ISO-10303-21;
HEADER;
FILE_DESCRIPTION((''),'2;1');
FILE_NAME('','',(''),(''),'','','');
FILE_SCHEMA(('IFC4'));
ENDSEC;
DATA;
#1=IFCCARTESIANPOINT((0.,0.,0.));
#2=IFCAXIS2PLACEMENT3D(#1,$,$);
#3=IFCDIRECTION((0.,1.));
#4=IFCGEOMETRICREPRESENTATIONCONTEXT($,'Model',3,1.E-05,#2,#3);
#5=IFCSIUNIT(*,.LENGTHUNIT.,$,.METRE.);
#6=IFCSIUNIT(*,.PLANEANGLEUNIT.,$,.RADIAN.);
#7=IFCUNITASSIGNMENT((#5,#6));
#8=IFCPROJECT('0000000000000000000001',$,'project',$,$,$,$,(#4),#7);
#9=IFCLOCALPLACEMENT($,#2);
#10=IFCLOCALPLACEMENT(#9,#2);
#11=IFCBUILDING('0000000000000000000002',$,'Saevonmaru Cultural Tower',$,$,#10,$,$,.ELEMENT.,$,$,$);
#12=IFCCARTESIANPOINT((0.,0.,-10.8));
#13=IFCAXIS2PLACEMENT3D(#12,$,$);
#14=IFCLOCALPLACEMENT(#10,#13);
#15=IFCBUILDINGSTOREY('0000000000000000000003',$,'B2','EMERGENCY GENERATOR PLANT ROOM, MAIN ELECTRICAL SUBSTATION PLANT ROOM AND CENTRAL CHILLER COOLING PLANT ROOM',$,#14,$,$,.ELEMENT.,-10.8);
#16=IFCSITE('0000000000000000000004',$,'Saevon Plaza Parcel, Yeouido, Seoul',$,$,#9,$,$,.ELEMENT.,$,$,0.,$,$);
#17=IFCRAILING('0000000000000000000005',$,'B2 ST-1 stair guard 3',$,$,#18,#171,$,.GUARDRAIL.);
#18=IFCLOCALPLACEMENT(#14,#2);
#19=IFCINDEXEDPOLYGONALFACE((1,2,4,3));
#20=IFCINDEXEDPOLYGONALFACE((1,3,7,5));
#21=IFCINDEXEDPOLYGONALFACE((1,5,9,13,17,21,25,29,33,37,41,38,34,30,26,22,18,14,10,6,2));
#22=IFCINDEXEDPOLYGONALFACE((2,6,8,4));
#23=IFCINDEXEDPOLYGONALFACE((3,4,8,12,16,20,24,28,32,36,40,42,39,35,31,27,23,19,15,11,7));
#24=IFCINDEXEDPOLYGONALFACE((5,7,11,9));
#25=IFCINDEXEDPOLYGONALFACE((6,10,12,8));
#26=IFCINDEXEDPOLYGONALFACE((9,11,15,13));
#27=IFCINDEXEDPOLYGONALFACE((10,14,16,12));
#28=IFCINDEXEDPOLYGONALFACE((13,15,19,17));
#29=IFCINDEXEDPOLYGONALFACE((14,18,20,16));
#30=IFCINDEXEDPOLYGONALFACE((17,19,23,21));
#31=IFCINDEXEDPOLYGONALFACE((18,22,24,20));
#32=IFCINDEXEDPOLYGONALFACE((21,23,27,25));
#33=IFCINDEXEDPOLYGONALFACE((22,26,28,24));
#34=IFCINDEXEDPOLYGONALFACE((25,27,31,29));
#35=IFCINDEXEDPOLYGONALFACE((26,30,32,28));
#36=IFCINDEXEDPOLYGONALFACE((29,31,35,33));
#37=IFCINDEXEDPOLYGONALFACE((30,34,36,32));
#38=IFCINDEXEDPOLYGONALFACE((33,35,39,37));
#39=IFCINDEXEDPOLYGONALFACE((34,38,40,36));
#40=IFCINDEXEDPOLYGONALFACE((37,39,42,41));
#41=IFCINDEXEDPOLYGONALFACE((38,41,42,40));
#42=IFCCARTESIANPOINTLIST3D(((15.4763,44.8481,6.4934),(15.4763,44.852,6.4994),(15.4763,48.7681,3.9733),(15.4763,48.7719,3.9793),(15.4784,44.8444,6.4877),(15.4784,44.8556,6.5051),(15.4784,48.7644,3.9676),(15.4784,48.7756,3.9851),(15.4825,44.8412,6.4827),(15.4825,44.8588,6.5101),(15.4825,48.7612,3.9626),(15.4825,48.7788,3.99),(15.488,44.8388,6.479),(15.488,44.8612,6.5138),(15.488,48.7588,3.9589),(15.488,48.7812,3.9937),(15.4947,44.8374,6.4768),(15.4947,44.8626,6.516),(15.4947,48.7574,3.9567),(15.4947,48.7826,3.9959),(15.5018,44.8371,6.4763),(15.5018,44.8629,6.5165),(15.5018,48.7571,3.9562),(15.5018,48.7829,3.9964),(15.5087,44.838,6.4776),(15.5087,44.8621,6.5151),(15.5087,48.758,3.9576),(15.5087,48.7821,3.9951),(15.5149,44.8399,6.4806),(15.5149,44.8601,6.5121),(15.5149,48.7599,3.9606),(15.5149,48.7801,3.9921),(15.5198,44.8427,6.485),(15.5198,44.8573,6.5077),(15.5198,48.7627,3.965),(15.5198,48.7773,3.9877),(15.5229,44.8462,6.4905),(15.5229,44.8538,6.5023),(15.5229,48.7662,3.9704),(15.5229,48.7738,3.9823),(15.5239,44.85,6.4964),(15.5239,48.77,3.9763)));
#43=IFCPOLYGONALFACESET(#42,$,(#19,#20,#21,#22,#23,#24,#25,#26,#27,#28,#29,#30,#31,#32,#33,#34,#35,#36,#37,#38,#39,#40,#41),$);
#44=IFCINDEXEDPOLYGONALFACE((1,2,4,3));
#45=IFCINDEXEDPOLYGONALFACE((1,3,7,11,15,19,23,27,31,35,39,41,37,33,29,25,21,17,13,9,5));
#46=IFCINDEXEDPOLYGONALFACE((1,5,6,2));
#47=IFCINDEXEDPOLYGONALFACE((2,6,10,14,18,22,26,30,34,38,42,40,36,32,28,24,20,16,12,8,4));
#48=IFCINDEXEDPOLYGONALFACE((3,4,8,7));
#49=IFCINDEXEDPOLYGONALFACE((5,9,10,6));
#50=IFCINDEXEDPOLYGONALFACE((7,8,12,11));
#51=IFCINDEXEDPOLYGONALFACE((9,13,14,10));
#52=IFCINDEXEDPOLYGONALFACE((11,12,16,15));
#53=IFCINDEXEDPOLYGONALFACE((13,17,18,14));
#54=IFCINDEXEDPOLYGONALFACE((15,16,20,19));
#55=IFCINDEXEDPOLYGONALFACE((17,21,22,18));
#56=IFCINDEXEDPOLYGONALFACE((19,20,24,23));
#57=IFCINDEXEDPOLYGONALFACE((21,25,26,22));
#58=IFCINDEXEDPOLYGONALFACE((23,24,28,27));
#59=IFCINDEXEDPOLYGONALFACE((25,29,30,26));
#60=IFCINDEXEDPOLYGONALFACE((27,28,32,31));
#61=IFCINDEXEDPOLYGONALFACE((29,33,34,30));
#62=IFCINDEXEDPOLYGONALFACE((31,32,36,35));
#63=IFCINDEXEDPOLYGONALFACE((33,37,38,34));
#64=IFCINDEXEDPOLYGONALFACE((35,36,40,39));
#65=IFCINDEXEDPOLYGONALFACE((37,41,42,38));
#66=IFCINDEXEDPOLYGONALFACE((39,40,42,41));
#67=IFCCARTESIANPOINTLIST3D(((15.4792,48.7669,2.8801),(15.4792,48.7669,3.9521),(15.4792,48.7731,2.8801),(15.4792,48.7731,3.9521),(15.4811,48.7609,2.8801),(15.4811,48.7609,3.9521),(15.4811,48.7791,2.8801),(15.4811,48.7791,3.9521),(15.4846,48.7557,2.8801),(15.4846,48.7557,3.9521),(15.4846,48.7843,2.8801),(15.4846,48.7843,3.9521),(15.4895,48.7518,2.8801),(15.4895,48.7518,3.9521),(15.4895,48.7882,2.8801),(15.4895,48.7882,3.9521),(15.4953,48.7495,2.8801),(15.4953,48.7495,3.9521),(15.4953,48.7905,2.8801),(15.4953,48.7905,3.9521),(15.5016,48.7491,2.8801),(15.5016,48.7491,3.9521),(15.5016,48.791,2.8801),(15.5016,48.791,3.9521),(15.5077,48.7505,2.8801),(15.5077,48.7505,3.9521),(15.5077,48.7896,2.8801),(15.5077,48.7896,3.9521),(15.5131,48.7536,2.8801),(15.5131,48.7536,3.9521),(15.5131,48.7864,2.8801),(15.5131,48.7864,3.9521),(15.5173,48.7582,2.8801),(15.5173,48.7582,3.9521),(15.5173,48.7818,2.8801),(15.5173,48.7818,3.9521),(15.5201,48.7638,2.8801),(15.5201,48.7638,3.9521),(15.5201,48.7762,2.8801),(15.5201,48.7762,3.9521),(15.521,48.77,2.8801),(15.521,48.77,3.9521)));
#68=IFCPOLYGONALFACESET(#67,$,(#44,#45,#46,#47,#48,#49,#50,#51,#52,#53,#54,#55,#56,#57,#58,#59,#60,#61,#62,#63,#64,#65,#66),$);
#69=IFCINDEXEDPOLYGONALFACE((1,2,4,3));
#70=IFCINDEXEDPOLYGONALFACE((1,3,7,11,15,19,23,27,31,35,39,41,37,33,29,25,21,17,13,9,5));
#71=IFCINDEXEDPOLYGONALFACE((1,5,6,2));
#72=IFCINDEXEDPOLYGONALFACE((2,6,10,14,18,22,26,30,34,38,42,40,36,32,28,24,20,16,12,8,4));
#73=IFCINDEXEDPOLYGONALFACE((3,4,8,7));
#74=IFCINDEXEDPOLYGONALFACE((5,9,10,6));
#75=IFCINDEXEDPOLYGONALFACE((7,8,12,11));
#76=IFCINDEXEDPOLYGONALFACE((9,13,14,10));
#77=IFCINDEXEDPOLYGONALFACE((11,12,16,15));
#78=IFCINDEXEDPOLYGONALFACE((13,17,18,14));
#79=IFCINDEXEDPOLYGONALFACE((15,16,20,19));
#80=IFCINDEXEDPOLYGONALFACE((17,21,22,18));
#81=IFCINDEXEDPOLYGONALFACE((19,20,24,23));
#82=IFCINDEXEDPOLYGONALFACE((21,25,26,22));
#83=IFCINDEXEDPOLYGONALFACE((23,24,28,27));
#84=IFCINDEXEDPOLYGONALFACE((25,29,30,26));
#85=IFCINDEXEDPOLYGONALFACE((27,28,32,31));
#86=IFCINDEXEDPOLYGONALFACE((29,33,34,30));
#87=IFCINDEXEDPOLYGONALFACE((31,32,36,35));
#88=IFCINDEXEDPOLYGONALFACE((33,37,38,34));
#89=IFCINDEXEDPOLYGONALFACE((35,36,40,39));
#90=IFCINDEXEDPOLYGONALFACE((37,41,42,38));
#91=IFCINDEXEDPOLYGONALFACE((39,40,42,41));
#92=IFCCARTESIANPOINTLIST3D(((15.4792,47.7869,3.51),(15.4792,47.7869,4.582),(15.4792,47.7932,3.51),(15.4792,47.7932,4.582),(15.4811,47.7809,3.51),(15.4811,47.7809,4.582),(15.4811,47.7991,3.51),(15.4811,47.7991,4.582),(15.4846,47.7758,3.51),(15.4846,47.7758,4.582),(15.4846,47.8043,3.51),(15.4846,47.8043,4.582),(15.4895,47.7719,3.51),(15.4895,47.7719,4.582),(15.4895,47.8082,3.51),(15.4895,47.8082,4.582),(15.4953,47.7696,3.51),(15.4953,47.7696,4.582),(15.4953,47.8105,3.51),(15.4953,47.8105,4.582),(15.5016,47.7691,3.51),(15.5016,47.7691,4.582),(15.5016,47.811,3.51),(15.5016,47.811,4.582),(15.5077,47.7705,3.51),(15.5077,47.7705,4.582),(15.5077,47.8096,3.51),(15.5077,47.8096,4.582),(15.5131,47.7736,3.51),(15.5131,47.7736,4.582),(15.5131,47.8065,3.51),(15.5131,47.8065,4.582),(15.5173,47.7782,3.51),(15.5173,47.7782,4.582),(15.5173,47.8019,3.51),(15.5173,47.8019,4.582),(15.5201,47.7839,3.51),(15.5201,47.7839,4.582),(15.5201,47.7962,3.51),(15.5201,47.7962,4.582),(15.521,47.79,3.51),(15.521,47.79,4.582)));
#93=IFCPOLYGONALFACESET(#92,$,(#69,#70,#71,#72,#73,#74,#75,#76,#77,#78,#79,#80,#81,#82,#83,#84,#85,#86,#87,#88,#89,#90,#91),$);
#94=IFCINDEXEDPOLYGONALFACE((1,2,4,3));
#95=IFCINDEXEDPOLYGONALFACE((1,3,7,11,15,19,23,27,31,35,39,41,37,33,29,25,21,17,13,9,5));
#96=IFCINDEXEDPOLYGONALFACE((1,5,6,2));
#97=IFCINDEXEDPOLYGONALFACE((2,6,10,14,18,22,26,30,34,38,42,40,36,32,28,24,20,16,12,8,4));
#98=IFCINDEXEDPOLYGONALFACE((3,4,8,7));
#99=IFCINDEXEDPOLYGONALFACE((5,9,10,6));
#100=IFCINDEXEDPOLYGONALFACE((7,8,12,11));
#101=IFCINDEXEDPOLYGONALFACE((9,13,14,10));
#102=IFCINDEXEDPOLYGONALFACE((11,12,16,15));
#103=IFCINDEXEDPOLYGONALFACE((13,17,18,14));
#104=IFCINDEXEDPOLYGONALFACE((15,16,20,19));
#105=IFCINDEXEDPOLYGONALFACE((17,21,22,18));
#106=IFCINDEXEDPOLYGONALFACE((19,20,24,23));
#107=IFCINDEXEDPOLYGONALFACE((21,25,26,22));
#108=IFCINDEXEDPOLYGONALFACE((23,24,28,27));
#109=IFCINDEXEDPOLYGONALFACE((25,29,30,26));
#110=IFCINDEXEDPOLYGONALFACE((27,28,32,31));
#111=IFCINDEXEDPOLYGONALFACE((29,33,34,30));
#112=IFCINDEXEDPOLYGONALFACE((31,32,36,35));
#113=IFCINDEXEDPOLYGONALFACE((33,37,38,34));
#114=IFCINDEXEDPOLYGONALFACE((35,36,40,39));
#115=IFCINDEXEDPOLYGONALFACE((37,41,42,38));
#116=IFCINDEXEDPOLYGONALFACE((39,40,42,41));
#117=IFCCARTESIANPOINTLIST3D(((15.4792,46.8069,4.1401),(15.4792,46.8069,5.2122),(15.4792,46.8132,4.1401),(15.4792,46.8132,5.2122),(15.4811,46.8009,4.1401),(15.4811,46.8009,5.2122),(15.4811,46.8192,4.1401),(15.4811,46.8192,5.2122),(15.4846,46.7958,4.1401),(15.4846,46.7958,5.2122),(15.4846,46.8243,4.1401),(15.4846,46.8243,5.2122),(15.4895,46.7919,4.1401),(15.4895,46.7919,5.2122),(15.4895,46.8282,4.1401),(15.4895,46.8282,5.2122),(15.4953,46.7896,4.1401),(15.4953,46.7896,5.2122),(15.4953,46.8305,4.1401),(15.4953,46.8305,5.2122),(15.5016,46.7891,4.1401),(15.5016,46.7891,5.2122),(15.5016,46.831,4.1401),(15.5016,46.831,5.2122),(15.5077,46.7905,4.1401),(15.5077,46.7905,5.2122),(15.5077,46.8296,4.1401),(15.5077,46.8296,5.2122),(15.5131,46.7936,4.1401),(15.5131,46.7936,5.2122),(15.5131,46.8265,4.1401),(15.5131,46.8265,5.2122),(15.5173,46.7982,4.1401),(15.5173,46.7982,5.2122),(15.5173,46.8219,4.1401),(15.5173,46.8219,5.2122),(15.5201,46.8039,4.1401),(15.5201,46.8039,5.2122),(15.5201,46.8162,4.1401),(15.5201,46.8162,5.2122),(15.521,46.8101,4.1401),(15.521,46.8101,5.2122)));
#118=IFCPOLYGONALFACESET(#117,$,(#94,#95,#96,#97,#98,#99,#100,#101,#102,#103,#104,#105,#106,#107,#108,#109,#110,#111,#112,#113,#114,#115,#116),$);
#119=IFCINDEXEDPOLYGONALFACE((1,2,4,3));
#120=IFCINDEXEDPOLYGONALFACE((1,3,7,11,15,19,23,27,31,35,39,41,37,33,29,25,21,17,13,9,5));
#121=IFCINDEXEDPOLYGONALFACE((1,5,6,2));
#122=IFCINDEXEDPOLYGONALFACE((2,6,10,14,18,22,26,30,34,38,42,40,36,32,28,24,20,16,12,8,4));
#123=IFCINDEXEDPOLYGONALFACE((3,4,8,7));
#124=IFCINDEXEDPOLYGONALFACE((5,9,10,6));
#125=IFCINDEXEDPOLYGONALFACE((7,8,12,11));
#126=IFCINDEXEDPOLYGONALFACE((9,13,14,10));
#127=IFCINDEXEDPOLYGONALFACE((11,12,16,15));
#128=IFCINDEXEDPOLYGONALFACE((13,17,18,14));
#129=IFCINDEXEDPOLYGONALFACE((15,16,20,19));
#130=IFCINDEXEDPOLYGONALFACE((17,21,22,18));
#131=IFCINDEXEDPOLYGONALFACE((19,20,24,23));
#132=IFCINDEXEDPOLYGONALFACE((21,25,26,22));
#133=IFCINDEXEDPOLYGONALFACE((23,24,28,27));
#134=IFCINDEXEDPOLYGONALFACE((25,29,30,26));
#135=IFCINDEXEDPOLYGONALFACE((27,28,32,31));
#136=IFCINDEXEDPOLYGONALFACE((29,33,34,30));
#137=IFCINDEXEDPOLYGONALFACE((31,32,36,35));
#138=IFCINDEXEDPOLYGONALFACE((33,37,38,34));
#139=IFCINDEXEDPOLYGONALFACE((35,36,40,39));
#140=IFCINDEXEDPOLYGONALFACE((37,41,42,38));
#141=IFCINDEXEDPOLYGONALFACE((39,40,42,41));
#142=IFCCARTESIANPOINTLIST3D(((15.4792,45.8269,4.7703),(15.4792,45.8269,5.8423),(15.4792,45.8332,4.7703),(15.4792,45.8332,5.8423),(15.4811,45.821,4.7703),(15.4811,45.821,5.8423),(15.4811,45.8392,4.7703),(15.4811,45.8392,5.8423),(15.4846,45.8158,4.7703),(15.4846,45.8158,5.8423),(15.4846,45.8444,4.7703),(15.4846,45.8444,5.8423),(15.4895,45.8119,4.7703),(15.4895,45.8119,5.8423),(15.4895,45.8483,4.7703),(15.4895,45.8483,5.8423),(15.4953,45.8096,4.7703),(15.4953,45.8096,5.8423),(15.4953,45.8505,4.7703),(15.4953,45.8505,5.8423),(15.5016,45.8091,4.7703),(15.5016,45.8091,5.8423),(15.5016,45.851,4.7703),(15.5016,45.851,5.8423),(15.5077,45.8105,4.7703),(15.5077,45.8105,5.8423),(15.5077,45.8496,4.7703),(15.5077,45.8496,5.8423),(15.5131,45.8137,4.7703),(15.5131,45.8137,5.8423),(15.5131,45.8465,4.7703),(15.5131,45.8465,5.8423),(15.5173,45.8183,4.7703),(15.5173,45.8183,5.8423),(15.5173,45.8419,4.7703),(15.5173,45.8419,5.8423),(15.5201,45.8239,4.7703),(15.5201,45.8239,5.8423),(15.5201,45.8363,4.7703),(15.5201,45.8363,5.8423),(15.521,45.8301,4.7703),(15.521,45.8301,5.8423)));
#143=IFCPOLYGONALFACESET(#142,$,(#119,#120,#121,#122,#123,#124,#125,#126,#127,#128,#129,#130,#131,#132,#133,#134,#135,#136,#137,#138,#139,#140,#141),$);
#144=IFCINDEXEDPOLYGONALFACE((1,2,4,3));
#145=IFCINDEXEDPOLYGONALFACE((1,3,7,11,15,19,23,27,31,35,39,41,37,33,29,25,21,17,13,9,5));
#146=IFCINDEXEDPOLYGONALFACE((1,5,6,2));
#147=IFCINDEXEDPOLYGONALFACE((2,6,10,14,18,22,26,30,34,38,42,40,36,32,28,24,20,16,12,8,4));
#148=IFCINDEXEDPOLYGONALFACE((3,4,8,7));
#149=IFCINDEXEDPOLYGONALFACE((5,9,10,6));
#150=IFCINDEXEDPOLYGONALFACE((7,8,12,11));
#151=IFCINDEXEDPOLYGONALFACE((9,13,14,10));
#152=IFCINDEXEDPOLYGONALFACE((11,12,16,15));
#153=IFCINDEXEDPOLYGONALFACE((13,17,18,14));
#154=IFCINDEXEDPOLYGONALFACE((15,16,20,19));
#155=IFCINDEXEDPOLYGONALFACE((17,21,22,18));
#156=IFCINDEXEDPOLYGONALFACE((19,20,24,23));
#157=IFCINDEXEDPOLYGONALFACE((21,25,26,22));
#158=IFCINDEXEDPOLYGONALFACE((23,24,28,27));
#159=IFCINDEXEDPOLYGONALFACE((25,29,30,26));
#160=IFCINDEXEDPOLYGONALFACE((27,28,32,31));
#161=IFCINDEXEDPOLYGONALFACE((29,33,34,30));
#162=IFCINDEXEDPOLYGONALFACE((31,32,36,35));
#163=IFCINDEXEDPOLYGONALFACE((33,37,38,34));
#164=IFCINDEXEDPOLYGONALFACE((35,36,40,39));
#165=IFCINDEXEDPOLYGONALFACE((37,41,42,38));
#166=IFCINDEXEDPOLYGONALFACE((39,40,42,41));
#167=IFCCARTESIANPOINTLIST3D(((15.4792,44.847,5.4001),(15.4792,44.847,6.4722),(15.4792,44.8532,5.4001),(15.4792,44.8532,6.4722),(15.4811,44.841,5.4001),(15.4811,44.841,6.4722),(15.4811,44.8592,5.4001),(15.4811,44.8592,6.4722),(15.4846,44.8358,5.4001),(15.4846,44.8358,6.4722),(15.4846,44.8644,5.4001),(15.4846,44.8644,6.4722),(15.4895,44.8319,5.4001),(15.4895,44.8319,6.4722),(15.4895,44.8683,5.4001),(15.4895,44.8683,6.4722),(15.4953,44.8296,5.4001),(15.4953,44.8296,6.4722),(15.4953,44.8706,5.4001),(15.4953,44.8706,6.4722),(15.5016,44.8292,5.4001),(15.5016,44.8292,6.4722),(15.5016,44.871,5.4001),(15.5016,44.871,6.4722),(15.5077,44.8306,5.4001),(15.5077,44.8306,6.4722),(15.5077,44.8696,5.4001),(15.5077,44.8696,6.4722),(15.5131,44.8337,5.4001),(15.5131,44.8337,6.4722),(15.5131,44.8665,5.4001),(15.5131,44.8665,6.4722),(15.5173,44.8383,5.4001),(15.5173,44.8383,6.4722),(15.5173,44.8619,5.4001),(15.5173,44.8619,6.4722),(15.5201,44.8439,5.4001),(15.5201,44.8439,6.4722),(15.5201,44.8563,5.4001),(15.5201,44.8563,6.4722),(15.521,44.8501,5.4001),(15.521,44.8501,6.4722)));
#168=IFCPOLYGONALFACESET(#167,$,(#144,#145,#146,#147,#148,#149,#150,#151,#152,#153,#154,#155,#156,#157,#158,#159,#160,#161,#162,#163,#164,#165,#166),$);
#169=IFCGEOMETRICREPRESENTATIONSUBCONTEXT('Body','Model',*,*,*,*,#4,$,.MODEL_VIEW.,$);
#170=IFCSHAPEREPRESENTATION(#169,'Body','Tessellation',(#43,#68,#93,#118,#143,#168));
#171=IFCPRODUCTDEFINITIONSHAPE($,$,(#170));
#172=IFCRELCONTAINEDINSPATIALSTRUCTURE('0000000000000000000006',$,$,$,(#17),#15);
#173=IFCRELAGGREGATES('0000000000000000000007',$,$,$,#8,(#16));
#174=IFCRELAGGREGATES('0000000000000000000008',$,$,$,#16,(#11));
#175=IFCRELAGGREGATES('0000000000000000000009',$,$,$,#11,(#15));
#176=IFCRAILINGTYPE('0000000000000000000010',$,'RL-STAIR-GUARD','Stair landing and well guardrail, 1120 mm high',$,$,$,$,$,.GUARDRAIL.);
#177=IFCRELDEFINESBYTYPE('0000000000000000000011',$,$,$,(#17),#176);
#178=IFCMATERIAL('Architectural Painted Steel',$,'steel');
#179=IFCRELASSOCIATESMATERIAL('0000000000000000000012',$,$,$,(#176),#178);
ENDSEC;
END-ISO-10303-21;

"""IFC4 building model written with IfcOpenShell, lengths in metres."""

from ifc_helpers import new_model, si_unit, direction, frame, origin, origin_2d, place, context, subcontext, project, spatial, circle, extrude, material, type_object, element, save


model = new_model("IFC4")

# Units and contexts
model_context = context("Model", 3, precision=1e-05, world=origin(), true_north=direction((0.0, 1.0)))
body_context = subcontext(model_context, "Body", "Model", "MODEL_VIEW")
ifc_project = project(units=[si_unit("LENGTHUNIT", "METRE"), si_unit("PLANEANGLEUNIT", "RADIAN")], contexts=[model_context])

# Site, building, storey
site_placement = place(None, origin())
site = spatial("IfcSite", under=ifc_project, at=site_placement, Name="Saevon Plaza Parcel, Yeouido, Seoul", CompositionType="ELEMENT", RefElevation=0.0)
building_placement = place(site_placement, origin())
building = spatial("IfcBuilding", under=site, at=building_placement, Name="Saevonmaru Cultural Tower", CompositionType="ELEMENT")
storey_placement = place(building_placement, frame((0.0, 0.0, -10.8)))
storey = spatial("IfcBuildingStorey", under=building, at=storey_placement, Name="B2", Description="EMERGENCY GENERATOR PLANT ROOM, MAIN ELECTRICAL SUBSTATION PLANT ROOM AND CENTRAL CHILLER COOLING PLANT ROOM", CompositionType="ELEMENT", Elevation=-10.8)

# Railing
ifc_material_1 = material(Name="Architectural Painted Steel", Category="steel")
railing_type_1 = type_object("IfcRailingType", Name="RL-STAIR-GUARD", Description="Stair landing and well guardrail, 1120 mm high", PredefinedType="GUARDRAIL", material=ifc_material_1)
railing_1_placement = place(storey_placement, frame((15.5, 48.77, 2.8801)))
element("IfcRailing", 1, at=railing_1_placement, inside=storey, type_object=railing_type_1, Name="B2 ST-1 stair guard 3", PredefinedType="GUARDRAIL", context=body_context, shape_type="SweptSolid", body=[
    extrude(circle(Radius=0.0239, at=origin_2d()), frame((0.0, 0.0, 1.0962), z_axis=(0.0, -0.841172, 0.540768), x_axis=(1.0, 0.0, 0.0)), (0.0, 0.0, 1.0), 4.6602),
    extrude(circle(Radius=0.021, at=origin_2d()), origin(), (0.0, 0.0, 1.0), 1.072),
    extrude(circle(Radius=0.021, at=origin_2d()), frame((0.0, -0.98, 0.6299)), (0.0, 0.0, 1.0), 1.072),
    extrude(circle(Radius=0.021, at=origin_2d()), frame((0.0, -1.96, 1.26)), (0.0, 0.0, 1.0), 1.072),
    extrude(circle(Radius=0.021, at=origin_2d()), frame((0.0, -2.9399, 1.8901)), (0.0, 0.0, 1.0), 1.072),
    extrude(circle(Radius=0.021, at=origin_2d()), frame((0.0, -3.9199, 2.52)), (0.0, 0.0, 1.0), 1.072),
])

save(model, "model.ifc")
